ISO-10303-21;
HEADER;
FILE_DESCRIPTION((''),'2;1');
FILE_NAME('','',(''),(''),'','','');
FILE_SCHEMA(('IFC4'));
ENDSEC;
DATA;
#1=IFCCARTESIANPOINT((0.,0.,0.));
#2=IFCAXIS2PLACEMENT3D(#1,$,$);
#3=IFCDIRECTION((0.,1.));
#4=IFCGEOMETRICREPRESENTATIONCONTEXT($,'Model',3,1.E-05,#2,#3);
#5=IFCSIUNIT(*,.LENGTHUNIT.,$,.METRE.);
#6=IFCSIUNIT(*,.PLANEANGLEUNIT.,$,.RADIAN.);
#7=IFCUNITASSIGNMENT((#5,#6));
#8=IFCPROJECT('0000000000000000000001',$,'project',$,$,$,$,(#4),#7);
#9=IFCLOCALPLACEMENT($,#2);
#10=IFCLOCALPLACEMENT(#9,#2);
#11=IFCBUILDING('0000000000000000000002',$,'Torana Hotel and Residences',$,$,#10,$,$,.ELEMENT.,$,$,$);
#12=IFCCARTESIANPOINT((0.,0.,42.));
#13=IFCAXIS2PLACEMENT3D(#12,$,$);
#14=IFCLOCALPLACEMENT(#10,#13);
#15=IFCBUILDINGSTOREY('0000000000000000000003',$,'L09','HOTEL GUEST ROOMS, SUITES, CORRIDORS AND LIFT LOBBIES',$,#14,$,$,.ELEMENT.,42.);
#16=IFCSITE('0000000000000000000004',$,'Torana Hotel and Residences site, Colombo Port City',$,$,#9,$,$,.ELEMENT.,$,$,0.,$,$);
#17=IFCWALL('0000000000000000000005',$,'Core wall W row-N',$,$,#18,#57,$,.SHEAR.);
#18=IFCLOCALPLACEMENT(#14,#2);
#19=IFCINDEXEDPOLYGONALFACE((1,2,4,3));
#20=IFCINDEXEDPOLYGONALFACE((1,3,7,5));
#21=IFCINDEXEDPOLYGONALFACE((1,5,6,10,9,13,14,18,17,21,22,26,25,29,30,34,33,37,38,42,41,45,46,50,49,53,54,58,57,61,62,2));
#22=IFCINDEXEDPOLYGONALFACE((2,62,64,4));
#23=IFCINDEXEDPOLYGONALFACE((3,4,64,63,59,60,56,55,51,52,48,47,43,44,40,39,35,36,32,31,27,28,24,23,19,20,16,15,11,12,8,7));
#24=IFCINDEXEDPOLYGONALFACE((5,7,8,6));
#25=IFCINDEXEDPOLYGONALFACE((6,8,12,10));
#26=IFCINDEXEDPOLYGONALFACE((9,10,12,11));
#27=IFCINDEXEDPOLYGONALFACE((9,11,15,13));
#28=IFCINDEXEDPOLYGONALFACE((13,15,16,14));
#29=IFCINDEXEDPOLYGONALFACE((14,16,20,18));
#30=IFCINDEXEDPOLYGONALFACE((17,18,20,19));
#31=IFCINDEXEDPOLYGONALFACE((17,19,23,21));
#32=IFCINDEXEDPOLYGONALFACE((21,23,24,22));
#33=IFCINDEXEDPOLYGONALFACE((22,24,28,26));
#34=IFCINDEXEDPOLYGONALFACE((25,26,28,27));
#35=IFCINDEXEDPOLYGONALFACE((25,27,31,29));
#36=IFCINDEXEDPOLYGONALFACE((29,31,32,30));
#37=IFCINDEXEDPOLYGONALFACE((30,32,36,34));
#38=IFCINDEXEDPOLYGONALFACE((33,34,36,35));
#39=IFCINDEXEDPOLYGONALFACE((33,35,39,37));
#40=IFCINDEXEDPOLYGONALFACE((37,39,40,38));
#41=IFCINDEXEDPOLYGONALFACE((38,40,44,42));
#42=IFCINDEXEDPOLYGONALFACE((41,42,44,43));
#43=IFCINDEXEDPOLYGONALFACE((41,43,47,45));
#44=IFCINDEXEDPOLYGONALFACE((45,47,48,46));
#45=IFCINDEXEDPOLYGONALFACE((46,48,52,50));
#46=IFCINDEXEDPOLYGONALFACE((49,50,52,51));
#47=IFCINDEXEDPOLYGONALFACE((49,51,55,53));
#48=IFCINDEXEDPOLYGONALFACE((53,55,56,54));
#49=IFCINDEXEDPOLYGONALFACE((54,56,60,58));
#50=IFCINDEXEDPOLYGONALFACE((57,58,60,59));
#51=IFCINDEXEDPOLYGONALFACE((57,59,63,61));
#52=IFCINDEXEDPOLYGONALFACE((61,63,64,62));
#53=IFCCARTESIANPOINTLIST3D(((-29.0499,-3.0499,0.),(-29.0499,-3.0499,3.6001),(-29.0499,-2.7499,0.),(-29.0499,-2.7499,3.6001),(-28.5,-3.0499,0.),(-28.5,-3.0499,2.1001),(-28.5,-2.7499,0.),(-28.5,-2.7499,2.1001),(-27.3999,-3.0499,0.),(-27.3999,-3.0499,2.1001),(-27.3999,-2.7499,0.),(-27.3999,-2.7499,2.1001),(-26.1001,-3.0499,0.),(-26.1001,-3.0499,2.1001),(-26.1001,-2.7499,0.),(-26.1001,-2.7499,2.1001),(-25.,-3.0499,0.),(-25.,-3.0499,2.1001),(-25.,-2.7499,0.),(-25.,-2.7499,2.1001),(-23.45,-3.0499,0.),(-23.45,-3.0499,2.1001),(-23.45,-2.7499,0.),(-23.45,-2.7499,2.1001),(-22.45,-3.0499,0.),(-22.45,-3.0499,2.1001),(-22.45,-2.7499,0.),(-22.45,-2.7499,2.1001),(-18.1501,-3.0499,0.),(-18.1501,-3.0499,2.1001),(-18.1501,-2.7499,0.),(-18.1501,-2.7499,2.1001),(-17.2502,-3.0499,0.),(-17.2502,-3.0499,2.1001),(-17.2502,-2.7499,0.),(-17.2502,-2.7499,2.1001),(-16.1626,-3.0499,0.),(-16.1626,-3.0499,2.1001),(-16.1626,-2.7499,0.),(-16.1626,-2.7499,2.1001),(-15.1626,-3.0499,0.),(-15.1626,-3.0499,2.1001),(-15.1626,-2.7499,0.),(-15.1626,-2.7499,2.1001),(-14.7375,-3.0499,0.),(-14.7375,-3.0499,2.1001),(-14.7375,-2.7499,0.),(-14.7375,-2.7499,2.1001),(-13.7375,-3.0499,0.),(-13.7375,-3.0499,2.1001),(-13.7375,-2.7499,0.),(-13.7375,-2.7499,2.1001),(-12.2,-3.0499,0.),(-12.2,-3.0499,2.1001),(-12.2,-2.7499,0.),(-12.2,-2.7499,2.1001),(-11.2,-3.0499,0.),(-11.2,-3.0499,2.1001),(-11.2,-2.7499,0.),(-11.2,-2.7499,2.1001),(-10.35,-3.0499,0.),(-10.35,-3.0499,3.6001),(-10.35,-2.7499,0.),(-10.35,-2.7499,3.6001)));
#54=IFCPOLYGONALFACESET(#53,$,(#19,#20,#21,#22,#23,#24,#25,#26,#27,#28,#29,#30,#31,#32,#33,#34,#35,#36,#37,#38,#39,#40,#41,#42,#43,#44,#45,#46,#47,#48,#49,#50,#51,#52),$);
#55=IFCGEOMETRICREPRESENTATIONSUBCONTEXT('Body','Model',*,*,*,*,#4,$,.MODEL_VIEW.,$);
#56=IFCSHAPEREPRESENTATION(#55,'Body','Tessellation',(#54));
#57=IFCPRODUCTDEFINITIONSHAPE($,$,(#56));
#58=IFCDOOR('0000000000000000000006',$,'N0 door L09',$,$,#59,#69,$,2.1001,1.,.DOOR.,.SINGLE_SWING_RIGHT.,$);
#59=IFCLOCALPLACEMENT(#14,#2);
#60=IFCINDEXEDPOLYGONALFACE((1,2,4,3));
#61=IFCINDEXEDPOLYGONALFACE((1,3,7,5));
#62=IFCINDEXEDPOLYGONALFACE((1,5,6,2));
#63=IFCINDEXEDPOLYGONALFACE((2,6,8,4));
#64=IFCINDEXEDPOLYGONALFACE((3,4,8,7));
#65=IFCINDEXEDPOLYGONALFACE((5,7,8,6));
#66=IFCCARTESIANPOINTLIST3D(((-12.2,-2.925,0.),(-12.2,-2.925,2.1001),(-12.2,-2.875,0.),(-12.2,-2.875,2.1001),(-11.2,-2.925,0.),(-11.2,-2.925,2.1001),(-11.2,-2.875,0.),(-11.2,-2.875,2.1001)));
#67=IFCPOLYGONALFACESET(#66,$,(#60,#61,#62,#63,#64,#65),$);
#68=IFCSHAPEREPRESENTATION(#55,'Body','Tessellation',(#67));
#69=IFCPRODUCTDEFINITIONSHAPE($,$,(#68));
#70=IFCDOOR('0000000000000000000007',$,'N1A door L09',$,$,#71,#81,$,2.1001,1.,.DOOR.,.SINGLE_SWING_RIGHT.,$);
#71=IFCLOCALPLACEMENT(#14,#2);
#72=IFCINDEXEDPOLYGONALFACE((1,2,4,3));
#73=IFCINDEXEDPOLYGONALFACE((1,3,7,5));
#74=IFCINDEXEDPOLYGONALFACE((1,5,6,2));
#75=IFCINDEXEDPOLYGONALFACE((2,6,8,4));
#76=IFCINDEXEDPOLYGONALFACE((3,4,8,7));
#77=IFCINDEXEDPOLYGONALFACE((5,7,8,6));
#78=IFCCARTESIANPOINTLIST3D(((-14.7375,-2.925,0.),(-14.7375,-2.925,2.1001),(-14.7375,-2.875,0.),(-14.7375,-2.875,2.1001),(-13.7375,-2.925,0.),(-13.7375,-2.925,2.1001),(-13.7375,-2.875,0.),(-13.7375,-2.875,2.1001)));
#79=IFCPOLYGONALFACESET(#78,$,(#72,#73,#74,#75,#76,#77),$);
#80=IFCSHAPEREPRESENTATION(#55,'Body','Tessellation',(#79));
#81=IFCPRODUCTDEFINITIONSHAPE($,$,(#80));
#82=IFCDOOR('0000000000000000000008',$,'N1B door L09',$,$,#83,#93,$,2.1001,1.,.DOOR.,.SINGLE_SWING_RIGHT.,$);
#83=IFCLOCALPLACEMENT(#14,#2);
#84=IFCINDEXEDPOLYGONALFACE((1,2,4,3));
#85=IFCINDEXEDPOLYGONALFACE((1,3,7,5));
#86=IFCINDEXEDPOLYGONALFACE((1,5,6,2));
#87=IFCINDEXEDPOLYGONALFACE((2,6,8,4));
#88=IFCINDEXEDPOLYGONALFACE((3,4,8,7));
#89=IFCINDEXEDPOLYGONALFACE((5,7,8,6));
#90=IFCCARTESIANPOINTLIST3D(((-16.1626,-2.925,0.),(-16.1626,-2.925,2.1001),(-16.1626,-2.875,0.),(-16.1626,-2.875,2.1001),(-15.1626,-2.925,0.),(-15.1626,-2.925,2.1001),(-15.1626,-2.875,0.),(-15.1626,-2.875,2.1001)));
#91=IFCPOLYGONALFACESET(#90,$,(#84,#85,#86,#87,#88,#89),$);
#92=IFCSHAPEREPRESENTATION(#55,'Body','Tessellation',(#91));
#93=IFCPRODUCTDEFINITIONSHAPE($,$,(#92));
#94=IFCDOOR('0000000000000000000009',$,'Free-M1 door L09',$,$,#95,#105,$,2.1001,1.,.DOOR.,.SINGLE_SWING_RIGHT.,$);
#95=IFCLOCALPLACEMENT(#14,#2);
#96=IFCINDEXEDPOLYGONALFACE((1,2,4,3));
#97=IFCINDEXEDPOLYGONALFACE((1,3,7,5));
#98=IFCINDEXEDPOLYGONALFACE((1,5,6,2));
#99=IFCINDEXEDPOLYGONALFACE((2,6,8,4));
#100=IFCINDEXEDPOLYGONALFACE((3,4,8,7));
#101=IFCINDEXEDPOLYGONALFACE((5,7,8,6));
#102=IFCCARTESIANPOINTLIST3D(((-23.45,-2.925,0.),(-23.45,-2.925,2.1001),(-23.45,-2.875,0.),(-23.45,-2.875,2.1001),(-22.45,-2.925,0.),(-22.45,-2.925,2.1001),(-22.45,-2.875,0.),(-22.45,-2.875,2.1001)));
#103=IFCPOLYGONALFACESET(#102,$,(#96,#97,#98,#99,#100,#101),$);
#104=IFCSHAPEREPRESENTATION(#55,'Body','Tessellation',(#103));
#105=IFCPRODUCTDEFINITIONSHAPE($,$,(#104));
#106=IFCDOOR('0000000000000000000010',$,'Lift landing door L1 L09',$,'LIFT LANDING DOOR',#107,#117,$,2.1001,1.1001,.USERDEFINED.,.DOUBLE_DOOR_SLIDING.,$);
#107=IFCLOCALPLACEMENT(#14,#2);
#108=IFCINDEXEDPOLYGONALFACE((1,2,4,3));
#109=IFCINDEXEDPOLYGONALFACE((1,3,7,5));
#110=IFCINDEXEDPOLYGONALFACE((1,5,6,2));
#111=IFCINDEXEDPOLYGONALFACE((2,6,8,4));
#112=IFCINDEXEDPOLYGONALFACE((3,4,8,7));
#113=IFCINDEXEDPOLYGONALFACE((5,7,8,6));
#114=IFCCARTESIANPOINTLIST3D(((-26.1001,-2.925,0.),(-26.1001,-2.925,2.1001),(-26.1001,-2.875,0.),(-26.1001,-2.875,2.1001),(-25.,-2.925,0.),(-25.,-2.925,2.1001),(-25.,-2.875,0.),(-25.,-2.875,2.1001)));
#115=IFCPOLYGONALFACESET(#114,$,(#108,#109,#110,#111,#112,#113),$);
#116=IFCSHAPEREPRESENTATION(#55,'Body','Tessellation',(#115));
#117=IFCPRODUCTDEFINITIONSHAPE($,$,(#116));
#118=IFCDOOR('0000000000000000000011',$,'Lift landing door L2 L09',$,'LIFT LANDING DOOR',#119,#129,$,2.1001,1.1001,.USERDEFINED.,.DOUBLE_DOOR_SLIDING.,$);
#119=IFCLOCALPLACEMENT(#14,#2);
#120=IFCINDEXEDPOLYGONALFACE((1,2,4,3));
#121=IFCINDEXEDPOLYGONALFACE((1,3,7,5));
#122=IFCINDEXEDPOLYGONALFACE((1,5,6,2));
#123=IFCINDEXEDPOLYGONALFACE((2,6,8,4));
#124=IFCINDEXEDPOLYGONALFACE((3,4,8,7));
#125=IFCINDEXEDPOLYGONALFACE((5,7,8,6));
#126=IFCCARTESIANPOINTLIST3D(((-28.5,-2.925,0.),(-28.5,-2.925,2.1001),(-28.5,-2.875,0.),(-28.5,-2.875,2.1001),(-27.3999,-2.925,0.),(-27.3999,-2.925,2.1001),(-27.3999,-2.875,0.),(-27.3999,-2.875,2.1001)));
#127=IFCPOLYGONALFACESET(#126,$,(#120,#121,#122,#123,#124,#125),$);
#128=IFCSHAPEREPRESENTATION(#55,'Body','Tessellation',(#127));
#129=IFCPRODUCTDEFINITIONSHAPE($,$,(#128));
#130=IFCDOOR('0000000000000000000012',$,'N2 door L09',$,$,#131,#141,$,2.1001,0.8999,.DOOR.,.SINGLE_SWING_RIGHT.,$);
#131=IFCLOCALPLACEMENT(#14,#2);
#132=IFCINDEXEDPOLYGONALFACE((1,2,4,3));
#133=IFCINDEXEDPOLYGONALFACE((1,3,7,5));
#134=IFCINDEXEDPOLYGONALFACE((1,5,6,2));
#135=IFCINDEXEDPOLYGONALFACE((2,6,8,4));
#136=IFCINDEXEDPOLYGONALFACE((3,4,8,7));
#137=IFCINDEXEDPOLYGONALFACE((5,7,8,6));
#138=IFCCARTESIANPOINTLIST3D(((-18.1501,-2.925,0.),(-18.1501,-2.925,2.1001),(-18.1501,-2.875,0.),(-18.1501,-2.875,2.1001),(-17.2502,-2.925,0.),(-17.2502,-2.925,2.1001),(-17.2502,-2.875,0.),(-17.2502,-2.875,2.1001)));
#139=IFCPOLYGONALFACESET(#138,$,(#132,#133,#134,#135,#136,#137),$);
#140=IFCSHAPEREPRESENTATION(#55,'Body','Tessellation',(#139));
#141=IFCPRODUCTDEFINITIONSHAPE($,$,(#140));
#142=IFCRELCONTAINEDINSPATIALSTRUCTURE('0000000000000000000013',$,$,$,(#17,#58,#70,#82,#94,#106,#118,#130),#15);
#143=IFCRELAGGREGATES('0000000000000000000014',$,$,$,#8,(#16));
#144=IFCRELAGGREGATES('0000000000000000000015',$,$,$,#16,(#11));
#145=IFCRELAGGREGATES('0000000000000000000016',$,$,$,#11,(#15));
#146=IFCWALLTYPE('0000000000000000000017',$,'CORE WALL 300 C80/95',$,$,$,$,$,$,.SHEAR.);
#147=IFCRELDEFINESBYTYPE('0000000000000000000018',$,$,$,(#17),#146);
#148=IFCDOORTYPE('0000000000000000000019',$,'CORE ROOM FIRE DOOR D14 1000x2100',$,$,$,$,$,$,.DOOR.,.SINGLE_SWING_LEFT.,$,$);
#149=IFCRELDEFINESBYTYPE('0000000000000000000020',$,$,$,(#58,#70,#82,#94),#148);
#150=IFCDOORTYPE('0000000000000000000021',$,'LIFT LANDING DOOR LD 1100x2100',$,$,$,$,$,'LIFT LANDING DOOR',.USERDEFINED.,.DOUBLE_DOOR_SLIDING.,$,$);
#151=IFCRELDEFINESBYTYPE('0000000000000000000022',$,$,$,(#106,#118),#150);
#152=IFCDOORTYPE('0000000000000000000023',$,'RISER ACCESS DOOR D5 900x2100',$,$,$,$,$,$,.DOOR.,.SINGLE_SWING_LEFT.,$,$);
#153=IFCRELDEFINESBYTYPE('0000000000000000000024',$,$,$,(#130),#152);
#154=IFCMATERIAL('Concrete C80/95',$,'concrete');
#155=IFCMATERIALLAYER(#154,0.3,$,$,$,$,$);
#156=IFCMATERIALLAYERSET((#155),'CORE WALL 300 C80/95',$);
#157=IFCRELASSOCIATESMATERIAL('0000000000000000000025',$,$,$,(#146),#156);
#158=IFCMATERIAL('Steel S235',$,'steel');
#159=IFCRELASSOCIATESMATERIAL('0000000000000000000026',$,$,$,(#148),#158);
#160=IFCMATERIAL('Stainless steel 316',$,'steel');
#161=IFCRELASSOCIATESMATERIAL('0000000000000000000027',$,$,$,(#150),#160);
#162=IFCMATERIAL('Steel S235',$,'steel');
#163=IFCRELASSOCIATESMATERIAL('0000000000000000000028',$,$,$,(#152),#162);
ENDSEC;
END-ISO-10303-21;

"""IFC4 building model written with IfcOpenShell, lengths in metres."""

from ifc_helpers import new_model, si_unit, direction, frame, frame_2d, origin, place, context, subcontext, project, spatial, rectangle, extrude, material, layer, layer_set, type_object, element, fill, save


model = new_model("IFC4")

# Units and contexts
model_context = context("Model", 3, precision=1e-05, world=origin(), true_north=direction((0.0, 1.0)))
body_context = subcontext(model_context, "Body", "Model", "MODEL_VIEW")
ifc_project = project(units=[si_unit("LENGTHUNIT", "METRE"), si_unit("PLANEANGLEUNIT", "RADIAN")], contexts=[model_context])

# Site, building, storey
site_placement = place(None, origin())
site = spatial("IfcSite", under=ifc_project, at=site_placement, Name="Torana Hotel and Residences site, Colombo Port City", CompositionType="ELEMENT", RefElevation=0.0)
building_placement = place(site_placement, origin())
building = spatial("IfcBuilding", under=site, at=building_placement, Name="Torana Hotel and Residences", CompositionType="ELEMENT")
storey_placement = place(building_placement, frame((0.0, 0.0, 42.0)))
storey = spatial("IfcBuildingStorey", under=building, at=storey_placement, Name="L09", Description="HOTEL GUEST ROOMS, SUITES, CORRIDORS AND LIFT LOBBIES", CompositionType="ELEMENT", Elevation=42.0)

# Wall, openings, doors
ifc_material_1 = material(Name="Concrete C80/95", Category="concrete")
ifc_layer_1 = layer(ifc_material_1, 0.3)
ifc_layer_set_1 = layer_set([ifc_layer_1], Name="CORE WALL 300 C80/95")
wall_type_1 = type_object("IfcWallType", Name="CORE WALL 300 C80/95", PredefinedType="SHEAR", material=ifc_layer_set_1)
wall_1_placement = place(storey_placement, frame((-29.05, -2.8999, 0.0), z_axis=(0.0, 0.0, 1.0), x_axis=(1.0, 0.0, 0.0)))
wall_1 = element("IfcWall", 1, at=wall_1_placement, inside=storey, type_object=wall_type_1, Name="Core wall W row-N", PredefinedType="SHEAR", context=body_context, shape_type="SweptSolid", body=[
    extrude(rectangle(XDim=18.7, YDim=0.3, at=frame_2d((9.3501, 0.0))), origin(), (0.0, 0.0, 1.0), 3.6001),
])
opening_1_placement = place(wall_1_placement, frame((2.95, 0.0, 0.0)))
opening_1 = element("IfcOpeningElement", 2, at=opening_1_placement, cuts=wall_1, PredefinedType="OPENING", context=body_context, shape_type="SweptSolid", body=[
    extrude(rectangle(XDim=1.1001, YDim=2.1001, at=frame_2d((0.55, 1.05))), frame((0.0, 0.1599, 0.0), z_axis=(0.0, -1.0, 0.0), x_axis=(1.0, 0.0, 0.0)), (0.0, 0.0, 1.0), 0.3201),
])
opening_2_placement = place(wall_1_placement, frame((0.55, 0.0, 0.0)))
opening_2 = element("IfcOpeningElement", 3, at=opening_2_placement, cuts=wall_1, PredefinedType="OPENING", context=body_context, shape_type="SweptSolid", body=[
    extrude(rectangle(XDim=1.1001, YDim=2.1001, at=frame_2d((0.55, 1.05))), frame((0.0, 0.1599, 0.0), z_axis=(0.0, -1.0, 0.0), x_axis=(1.0, 0.0, 0.0)), (0.0, 0.0, 1.0), 0.3201),
])
opening_3_placement = place(wall_1_placement, frame((10.8999, 0.0, 0.0)))
opening_3 = element("IfcOpeningElement", 4, at=opening_3_placement, cuts=wall_1, PredefinedType="OPENING", context=body_context, shape_type="SweptSolid", body=[
    extrude(rectangle(XDim=0.8999, YDim=2.1001, at=frame_2d((0.45, 1.05))), frame((0.0, 0.1599, 0.0), z_axis=(0.0, -1.0, 0.0), x_axis=(1.0, 0.0, 0.0)), (0.0, 0.0, 1.0), 0.3201),
])
opening_4_placement = place(wall_1_placement, frame((16.8501, 0.0, 0.0)))
opening_4 = element("IfcOpeningElement", 5, at=opening_4_placement, cuts=wall_1, PredefinedType="OPENING", context=body_context, shape_type="SweptSolid", body=[
    extrude(rectangle(XDim=1.0, YDim=2.1001, at=frame_2d((0.5, 1.05))), frame((0.0, 0.1599, 0.0), z_axis=(0.0, -1.0, 0.0), x_axis=(1.0, 0.0, 0.0)), (0.0, 0.0, 1.0), 0.3201),
])
opening_5_placement = place(wall_1_placement, frame((14.3125, 0.0, 0.0)))
opening_5 = element("IfcOpeningElement", 6, at=opening_5_placement, cuts=wall_1, PredefinedType="OPENING", context=body_context, shape_type="SweptSolid", body=[
    extrude(rectangle(XDim=1.0, YDim=2.1001, at=frame_2d((0.5, 1.05))), frame((0.0, 0.1599, 0.0), z_axis=(0.0, -1.0, 0.0), x_axis=(1.0, 0.0, 0.0)), (0.0, 0.0, 1.0), 0.3201),
])
opening_6_placement = place(wall_1_placement, frame((12.8875, 0.0, 0.0)))
opening_6 = element("IfcOpeningElement", 7, at=opening_6_placement, cuts=wall_1, PredefinedType="OPENING", context=body_context, shape_type="SweptSolid", body=[
    extrude(rectangle(XDim=1.0, YDim=2.1001, at=frame_2d((0.5, 1.05))), frame((0.0, 0.1599, 0.0), z_axis=(0.0, -1.0, 0.0), x_axis=(1.0, 0.0, 0.0)), (0.0, 0.0, 1.0), 0.3201),
])
opening_7_placement = place(wall_1_placement, frame((5.6001, 0.0, 0.0)))
opening_7 = element("IfcOpeningElement", 8, at=opening_7_placement, cuts=wall_1, PredefinedType="OPENING", context=body_context, shape_type="SweptSolid", body=[
    extrude(rectangle(XDim=1.0, YDim=2.1001, at=frame_2d((0.5, 1.05))), frame((0.0, 0.1599, 0.0), z_axis=(0.0, -1.0, 0.0), x_axis=(1.0, 0.0, 0.0)), (0.0, 0.0, 1.0), 0.3201),
])
ifc_material_2 = material(Name="Steel S235", Category="steel")
door_type_1 = type_object("IfcDoorType", Name="CORE ROOM FIRE DOOR D14 1000x2100", OperationType="SINGLE_SWING_LEFT", PredefinedType="DOOR", material=ifc_material_2)
door_1_placement = place(opening_4_placement, origin())
door_1 = element("IfcDoor", 9, at=door_1_placement, inside=storey, type_object=door_type_1, Name="N0 door L09", OperationType="SINGLE_SWING_RIGHT", OverallHeight=2.1001, OverallWidth=1.0, PredefinedType="DOOR", context=body_context, shape_type="SweptSolid", body=[
    extrude(rectangle(XDim=1.0, YDim=2.1001, at=frame_2d((0.5, 1.05))), frame((0.0, 0.0249, 0.0), z_axis=(0.0, -1.0, 0.0), x_axis=(1.0, 0.0, 0.0)), (0.0, 0.0, 1.0), 0.05),
])
fill(opening_4, door_1)
door_2_placement = place(opening_5_placement, origin())
door_2 = element("IfcDoor", 10, at=door_2_placement, inside=storey, type_object=door_type_1, Name="N1A door L09", OperationType="SINGLE_SWING_RIGHT", OverallHeight=2.1001, OverallWidth=1.0, PredefinedType="DOOR", context=body_context, shape_type="SweptSolid", body=[
    extrude(rectangle(XDim=1.0, YDim=2.1001, at=frame_2d((0.5, 1.05))), frame((0.0, 0.0249, 0.0), z_axis=(0.0, -1.0, 0.0), x_axis=(1.0, 0.0, 0.0)), (0.0, 0.0, 1.0), 0.05),
])
fill(opening_5, door_2)
door_3_placement = place(opening_6_placement, origin())
door_3 = element("IfcDoor", 11, at=door_3_placement, inside=storey, type_object=door_type_1, Name="N1B door L09", OperationType="SINGLE_SWING_RIGHT", OverallHeight=2.1001, OverallWidth=1.0, PredefinedType="DOOR", context=body_context, shape_type="SweptSolid", body=[
    extrude(rectangle(XDim=1.0, YDim=2.1001, at=frame_2d((0.5, 1.05))), frame((0.0, 0.0249, 0.0), z_axis=(0.0, -1.0, 0.0), x_axis=(1.0, 0.0, 0.0)), (0.0, 0.0, 1.0), 0.05),
])
fill(opening_6, door_3)
door_4_placement = place(opening_7_placement, origin())
door_4 = element("IfcDoor", 12, at=door_4_placement, inside=storey, type_object=door_type_1, Name="Free-M1 door L09", OperationType="SINGLE_SWING_RIGHT", OverallHeight=2.1001, OverallWidth=1.0, PredefinedType="DOOR", context=body_context, shape_type="SweptSolid", body=[
    extrude(rectangle(XDim=1.0, YDim=2.1001, at=frame_2d((0.5, 1.05))), frame((0.0, 0.0249, 0.0), z_axis=(0.0, -1.0, 0.0), x_axis=(1.0, 0.0, 0.0)), (0.0, 0.0, 1.0), 0.05),
])
fill(opening_7, door_4)
ifc_material_3 = material(Name="Stainless steel 316", Category="steel")
door_type_2 = type_object("IfcDoorType", Name="LIFT LANDING DOOR LD 1100x2100", ElementType="LIFT LANDING DOOR", OperationType="DOUBLE_DOOR_SLIDING", PredefinedType="USERDEFINED", material=ifc_material_3)
door_5_placement = place(opening_1_placement, origin())
door_5 = element("IfcDoor", 13, at=door_5_placement, inside=storey, type_object=door_type_2, Name="Lift landing door L1 L09", ObjectType="LIFT LANDING DOOR", OperationType="DOUBLE_DOOR_SLIDING", OverallHeight=2.1001, OverallWidth=1.1001, PredefinedType="USERDEFINED", context=body_context, shape_type="SweptSolid", body=[
    extrude(rectangle(XDim=1.1001, YDim=2.1001, at=frame_2d((0.55, 1.05))), frame((0.0, 0.0249, 0.0), z_axis=(0.0, -1.0, 0.0), x_axis=(1.0, 0.0, 0.0)), (0.0, 0.0, 1.0), 0.05),
])
fill(opening_1, door_5)
door_6_placement = place(opening_2_placement, origin())
door_6 = element("IfcDoor", 14, at=door_6_placement, inside=storey, type_object=door_type_2, Name="Lift landing door L2 L09", ObjectType="LIFT LANDING DOOR", OperationType="DOUBLE_DOOR_SLIDING", OverallHeight=2.1001, OverallWidth=1.1001, PredefinedType="USERDEFINED", context=body_context, shape_type="SweptSolid", body=[
    extrude(rectangle(XDim=1.1001, YDim=2.1001, at=frame_2d((0.55, 1.05))), frame((0.0, 0.0249, 0.0), z_axis=(0.0, -1.0, 0.0), x_axis=(1.0, 0.0, 0.0)), (0.0, 0.0, 1.0), 0.05),
])
fill(opening_2, door_6)
ifc_material_4 = material(Name="Steel S235", Category="steel")
door_type_3 = type_object("IfcDoorType", Name="RISER ACCESS DOOR D5 900x2100", OperationType="SINGLE_SWING_LEFT", PredefinedType="DOOR", material=ifc_material_4)
door_7_placement = place(opening_3_placement, origin())
door_7 = element("IfcDoor", 15, at=door_7_placement, inside=storey, type_object=door_type_3, Name="N2 door L09", OperationType="SINGLE_SWING_RIGHT", OverallHeight=2.1001, OverallWidth=0.8999, PredefinedType="DOOR", context=body_context, shape_type="SweptSolid", body=[
    extrude(rectangle(XDim=0.8999, YDim=2.1001, at=frame_2d((0.45, 1.05))), frame((0.0, 0.0249, 0.0), z_axis=(0.0, -1.0, 0.0), x_axis=(1.0, 0.0, 0.0)), (0.0, 0.0, 1.0), 0.05),
])
fill(opening_3, door_7)

save(model, "model.ifc")
